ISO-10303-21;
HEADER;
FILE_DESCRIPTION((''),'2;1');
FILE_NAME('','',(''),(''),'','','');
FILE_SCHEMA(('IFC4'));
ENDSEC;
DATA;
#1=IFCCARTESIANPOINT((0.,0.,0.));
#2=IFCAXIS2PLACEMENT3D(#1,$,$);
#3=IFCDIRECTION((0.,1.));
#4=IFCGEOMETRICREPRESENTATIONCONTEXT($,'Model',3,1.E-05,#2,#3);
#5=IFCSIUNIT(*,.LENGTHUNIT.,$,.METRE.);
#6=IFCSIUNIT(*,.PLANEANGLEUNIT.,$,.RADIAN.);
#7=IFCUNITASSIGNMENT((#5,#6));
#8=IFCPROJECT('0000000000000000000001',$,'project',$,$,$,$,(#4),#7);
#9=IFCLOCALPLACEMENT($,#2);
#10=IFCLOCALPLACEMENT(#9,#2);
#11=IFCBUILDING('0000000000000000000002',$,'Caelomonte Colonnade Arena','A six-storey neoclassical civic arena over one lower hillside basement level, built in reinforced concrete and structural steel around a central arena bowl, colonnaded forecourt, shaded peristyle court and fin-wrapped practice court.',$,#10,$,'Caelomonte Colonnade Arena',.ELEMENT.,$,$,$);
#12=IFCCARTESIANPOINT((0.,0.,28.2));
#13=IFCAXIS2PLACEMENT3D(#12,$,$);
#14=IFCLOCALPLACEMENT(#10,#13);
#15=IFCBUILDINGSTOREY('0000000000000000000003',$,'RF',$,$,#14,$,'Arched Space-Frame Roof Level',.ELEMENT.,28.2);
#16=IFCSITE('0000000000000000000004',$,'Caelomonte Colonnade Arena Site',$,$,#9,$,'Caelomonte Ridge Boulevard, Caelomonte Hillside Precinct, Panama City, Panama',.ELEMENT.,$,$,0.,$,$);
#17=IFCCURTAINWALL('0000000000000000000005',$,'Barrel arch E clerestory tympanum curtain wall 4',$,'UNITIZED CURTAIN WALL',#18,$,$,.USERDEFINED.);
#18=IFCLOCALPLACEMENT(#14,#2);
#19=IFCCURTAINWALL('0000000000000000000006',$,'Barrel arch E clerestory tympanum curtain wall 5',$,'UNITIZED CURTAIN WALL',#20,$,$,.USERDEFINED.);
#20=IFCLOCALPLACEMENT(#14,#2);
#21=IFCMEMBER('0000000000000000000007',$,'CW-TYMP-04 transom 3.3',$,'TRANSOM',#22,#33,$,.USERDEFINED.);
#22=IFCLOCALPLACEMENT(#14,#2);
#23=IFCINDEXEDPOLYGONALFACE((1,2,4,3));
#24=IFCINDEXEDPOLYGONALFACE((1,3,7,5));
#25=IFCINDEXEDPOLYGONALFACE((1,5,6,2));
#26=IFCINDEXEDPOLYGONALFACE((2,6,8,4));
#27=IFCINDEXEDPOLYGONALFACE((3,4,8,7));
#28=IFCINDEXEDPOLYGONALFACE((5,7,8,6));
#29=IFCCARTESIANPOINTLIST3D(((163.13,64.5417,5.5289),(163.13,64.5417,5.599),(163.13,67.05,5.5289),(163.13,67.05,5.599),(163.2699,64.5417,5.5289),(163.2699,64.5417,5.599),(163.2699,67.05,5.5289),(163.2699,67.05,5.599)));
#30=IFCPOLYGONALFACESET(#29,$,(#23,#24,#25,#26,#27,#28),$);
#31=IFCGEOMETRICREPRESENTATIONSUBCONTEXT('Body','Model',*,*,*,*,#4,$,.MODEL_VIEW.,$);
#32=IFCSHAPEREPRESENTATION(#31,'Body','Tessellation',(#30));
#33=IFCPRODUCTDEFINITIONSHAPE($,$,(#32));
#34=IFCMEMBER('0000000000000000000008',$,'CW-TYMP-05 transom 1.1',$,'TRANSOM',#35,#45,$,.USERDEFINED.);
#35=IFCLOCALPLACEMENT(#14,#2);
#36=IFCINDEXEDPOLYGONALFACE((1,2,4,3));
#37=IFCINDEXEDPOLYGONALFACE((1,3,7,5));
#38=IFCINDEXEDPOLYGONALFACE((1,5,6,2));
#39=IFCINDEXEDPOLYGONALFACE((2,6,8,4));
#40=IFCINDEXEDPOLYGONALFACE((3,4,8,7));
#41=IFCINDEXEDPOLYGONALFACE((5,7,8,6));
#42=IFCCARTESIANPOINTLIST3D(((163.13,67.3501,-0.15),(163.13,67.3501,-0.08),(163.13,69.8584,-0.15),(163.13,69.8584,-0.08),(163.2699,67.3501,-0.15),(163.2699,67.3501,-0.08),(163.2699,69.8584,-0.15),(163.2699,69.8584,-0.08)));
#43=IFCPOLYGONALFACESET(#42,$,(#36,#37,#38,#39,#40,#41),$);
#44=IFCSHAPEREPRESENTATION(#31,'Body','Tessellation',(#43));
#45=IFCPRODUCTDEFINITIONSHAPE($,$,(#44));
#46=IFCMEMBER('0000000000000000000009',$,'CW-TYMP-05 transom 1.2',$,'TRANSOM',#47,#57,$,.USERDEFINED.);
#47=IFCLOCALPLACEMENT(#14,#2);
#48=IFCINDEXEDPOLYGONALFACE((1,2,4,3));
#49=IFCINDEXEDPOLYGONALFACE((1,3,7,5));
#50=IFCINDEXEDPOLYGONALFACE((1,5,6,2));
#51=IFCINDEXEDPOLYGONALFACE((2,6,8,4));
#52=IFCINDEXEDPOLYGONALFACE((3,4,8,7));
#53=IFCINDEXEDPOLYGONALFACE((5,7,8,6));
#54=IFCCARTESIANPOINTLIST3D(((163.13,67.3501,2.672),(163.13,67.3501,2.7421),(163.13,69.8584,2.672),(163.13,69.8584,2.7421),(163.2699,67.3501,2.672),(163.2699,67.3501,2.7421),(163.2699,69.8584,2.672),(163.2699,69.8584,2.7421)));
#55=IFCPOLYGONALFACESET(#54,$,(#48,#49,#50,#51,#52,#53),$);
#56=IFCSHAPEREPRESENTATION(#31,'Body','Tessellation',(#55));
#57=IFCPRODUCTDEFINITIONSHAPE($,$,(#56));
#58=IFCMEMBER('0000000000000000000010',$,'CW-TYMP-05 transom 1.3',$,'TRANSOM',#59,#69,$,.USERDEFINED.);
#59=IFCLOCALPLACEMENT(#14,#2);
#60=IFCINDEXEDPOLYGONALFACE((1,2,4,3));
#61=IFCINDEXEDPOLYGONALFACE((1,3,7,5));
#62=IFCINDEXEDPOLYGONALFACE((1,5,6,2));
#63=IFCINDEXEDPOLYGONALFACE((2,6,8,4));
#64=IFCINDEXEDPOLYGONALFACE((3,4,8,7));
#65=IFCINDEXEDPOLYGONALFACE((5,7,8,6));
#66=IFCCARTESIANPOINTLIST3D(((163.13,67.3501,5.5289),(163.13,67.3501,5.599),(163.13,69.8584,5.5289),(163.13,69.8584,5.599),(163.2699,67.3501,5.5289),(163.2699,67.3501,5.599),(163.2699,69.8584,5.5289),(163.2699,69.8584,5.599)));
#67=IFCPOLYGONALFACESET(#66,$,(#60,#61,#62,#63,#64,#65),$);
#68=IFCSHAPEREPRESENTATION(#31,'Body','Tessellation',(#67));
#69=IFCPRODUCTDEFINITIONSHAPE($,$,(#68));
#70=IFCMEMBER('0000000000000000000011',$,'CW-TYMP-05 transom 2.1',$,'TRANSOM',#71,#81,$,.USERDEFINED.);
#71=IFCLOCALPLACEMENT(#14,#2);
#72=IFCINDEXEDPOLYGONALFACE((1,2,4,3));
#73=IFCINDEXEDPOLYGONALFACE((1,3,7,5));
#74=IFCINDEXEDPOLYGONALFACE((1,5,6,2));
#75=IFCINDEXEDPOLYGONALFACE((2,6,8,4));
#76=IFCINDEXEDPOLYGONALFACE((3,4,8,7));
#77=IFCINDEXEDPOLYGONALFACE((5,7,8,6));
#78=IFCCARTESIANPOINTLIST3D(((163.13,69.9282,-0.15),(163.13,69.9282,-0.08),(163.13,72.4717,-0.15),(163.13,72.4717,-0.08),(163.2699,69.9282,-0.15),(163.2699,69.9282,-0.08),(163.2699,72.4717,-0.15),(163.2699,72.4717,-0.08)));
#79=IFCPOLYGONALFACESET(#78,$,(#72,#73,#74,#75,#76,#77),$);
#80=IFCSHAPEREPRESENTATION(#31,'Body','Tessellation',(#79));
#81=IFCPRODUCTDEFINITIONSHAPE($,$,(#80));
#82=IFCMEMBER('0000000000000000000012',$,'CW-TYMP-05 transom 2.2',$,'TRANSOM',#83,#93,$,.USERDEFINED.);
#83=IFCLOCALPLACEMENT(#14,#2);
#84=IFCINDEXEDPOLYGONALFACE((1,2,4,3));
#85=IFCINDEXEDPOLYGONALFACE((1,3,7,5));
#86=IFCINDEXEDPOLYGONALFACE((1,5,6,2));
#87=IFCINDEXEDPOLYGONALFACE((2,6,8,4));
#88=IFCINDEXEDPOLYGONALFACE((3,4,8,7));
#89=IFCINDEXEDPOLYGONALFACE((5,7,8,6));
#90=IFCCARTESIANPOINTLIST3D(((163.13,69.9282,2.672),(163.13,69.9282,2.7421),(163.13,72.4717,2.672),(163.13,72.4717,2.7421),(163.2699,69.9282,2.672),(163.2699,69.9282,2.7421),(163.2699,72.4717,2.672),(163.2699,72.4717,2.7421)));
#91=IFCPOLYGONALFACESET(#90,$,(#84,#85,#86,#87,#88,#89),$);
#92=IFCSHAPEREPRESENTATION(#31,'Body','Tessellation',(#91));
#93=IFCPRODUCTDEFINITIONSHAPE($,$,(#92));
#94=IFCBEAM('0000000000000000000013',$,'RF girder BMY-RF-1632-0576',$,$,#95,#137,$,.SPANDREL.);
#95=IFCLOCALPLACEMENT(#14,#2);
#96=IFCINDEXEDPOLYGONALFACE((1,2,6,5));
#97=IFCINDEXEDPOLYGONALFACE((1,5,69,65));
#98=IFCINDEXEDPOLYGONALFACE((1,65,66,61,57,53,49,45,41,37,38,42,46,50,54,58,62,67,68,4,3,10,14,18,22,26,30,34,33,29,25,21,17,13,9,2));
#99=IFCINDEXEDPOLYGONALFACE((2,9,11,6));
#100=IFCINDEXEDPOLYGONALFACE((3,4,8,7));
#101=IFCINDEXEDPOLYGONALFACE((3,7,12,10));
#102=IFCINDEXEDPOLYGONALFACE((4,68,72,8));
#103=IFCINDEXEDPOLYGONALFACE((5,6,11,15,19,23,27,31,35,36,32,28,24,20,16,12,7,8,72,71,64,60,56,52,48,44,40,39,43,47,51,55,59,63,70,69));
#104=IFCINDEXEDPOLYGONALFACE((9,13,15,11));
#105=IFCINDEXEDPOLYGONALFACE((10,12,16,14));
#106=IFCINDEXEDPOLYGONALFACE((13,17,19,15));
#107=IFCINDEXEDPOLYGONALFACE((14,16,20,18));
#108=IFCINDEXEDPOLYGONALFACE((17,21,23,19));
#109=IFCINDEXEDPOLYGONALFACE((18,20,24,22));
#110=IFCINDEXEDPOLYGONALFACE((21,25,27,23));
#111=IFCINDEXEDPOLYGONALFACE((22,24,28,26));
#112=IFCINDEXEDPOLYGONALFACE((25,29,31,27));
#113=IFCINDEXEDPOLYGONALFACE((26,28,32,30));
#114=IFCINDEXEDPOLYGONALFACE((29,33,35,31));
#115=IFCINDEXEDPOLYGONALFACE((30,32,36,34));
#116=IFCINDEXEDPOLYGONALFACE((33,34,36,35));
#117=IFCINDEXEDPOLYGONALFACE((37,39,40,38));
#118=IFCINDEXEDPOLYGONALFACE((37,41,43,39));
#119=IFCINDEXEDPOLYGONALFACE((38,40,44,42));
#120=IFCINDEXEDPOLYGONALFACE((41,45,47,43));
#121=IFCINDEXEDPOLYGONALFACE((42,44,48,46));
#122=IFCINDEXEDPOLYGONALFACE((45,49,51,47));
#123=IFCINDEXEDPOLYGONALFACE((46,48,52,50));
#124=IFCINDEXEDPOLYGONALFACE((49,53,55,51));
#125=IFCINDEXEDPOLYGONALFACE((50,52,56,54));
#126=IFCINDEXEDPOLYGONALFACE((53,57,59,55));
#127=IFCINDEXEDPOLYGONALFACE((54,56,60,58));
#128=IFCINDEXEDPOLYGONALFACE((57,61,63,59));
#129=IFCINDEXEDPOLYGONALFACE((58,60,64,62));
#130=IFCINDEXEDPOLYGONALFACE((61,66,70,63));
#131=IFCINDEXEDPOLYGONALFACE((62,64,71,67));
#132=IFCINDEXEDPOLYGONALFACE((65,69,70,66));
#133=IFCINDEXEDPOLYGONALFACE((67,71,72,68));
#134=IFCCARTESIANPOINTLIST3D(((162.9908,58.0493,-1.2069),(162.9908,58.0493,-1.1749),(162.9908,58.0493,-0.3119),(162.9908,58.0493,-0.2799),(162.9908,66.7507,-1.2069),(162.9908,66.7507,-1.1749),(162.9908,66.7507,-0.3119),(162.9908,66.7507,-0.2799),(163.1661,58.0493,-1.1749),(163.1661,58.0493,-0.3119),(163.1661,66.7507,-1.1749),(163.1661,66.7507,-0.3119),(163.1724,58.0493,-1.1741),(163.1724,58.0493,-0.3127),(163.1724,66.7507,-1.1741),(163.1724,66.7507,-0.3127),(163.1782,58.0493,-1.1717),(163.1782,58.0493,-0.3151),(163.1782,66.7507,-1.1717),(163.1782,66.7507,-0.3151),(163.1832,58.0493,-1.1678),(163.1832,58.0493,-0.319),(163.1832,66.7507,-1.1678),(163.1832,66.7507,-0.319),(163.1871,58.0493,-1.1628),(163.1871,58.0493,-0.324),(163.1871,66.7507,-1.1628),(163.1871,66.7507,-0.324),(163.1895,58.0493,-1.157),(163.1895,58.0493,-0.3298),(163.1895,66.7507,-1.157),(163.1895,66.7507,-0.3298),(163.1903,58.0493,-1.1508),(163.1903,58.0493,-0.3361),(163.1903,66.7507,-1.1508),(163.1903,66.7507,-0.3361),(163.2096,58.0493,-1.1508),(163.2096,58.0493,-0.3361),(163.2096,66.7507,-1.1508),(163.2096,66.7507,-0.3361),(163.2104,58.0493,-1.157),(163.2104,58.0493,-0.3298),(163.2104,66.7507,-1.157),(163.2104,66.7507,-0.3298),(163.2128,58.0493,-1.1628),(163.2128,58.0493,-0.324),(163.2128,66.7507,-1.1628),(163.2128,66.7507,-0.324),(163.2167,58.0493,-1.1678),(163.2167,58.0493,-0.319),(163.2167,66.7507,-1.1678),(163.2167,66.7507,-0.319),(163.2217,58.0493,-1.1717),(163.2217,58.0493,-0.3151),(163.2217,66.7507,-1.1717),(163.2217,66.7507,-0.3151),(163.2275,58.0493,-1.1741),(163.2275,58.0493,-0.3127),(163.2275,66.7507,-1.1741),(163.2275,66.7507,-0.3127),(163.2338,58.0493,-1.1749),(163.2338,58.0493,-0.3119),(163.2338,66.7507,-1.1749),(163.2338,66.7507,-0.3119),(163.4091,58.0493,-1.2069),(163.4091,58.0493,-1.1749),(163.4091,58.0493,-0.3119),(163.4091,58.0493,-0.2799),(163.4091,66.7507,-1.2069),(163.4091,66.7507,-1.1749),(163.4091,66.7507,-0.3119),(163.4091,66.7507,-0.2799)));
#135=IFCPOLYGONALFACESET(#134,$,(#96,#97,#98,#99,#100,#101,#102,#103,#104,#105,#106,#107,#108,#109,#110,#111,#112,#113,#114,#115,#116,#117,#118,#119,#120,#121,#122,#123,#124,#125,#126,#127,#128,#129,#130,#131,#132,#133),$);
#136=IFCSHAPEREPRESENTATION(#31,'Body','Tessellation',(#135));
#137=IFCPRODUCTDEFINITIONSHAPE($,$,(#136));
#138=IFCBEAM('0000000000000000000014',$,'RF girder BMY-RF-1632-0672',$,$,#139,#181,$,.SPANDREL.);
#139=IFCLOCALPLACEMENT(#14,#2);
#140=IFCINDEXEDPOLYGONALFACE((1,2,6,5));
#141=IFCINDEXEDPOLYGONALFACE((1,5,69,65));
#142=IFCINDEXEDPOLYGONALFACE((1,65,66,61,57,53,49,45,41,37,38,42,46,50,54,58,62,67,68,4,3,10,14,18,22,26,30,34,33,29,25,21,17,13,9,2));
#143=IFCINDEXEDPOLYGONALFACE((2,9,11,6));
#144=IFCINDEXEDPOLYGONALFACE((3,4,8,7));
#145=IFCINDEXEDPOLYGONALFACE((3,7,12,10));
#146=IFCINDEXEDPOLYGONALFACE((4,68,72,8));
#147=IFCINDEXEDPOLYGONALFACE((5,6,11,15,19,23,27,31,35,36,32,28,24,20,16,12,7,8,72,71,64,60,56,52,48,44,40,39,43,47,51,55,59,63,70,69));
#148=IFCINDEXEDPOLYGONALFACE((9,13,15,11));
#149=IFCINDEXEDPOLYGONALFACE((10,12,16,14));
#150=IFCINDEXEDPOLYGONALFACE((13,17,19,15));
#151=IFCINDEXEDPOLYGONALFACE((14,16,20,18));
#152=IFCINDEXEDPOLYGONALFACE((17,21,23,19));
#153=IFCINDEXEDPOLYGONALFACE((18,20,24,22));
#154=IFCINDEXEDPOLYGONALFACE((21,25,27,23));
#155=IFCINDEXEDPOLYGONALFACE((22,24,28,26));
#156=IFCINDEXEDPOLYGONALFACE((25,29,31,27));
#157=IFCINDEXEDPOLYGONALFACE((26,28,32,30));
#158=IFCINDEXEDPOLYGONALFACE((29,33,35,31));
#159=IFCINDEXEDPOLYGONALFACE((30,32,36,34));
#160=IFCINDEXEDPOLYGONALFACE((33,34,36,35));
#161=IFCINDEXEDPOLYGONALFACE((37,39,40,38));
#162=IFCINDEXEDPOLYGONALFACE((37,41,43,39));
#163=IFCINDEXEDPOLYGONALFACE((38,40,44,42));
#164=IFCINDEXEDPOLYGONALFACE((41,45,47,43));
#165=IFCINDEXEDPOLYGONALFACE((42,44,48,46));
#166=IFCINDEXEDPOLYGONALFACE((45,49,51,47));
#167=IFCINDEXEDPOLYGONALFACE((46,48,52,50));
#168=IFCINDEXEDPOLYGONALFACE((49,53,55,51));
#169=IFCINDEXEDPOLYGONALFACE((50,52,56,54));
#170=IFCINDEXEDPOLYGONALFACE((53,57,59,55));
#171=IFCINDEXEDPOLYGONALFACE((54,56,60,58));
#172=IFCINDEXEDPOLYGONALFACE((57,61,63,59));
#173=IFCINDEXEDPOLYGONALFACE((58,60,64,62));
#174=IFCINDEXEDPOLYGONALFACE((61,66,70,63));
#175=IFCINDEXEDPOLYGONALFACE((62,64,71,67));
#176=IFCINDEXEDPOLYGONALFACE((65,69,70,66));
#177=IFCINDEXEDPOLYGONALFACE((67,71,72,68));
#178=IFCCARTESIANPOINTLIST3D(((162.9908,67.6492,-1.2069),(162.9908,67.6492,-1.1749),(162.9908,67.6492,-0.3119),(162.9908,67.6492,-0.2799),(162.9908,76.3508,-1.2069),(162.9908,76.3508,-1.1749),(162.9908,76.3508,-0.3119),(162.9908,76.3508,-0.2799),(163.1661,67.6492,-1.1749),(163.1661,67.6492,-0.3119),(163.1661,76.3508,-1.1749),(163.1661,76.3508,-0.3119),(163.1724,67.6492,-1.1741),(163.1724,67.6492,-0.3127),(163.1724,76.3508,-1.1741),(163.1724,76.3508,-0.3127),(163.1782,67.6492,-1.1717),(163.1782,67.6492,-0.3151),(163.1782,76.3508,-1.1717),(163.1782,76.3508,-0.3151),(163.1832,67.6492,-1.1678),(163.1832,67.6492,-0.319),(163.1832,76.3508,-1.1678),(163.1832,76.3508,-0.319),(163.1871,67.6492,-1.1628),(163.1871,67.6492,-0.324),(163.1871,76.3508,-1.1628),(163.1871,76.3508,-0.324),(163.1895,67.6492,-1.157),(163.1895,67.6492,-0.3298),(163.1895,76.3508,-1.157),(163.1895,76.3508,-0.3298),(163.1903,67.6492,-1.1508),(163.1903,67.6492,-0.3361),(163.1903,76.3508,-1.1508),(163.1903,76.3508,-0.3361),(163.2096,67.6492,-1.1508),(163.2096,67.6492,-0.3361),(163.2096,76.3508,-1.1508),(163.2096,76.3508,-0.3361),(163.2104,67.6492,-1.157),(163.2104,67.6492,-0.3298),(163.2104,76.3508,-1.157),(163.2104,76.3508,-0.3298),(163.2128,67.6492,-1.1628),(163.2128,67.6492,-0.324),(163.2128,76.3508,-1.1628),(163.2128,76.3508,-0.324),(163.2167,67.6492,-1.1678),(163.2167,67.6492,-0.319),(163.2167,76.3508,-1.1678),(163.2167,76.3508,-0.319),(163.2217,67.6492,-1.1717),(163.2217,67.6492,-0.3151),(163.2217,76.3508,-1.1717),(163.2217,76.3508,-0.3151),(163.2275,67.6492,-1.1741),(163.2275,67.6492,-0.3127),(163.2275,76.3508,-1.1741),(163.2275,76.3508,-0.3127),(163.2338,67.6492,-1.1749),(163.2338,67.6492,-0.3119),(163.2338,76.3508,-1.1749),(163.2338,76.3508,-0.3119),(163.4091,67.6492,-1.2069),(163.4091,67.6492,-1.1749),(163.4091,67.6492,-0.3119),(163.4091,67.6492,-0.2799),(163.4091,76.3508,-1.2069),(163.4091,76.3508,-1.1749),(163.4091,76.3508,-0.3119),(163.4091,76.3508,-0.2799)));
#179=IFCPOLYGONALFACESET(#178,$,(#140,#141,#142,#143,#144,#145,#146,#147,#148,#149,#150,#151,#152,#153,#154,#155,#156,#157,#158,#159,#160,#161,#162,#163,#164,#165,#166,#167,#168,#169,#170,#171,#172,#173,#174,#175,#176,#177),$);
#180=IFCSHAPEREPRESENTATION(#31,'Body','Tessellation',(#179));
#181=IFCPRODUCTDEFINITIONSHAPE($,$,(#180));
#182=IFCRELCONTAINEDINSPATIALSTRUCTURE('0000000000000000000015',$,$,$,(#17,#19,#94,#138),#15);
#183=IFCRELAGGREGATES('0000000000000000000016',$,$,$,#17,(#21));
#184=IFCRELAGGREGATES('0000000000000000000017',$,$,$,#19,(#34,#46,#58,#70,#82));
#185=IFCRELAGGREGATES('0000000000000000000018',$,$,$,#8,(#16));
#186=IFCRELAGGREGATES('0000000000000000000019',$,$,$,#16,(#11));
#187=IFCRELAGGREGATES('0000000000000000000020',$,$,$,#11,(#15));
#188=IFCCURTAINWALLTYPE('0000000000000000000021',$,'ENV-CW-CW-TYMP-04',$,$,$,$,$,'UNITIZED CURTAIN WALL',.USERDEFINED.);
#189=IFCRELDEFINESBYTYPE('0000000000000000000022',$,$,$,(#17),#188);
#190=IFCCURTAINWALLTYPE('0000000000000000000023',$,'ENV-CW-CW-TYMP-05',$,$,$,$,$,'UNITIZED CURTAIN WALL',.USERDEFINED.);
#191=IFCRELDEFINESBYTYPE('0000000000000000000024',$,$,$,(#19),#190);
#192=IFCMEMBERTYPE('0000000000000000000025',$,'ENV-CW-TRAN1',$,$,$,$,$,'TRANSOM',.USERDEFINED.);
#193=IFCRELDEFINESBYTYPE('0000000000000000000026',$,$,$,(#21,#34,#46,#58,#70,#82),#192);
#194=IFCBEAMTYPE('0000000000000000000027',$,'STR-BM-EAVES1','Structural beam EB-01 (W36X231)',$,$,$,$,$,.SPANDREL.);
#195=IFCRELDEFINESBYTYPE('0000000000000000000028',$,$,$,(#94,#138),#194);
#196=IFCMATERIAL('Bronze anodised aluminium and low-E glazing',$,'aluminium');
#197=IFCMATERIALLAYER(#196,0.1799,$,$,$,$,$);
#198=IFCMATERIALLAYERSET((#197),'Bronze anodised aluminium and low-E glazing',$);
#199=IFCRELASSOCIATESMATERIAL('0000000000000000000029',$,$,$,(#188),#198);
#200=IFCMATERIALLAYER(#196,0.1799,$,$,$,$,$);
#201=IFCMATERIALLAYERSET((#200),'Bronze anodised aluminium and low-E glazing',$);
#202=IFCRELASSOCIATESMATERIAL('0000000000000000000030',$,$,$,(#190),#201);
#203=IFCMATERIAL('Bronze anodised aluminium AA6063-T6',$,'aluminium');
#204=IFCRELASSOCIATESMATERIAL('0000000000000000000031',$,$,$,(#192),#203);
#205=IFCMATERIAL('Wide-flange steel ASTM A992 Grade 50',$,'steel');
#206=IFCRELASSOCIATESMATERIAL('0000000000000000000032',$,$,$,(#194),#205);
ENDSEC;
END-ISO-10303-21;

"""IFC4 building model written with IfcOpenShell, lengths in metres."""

from ifc_helpers import new_model, si_unit, direction, frame, origin, origin_2d, place, context, subcontext, project, spatial, rectangle, i_section, extrude, material, layer, layer_set, material_profile, profile_set, type_object, element, aggregate, save


model = new_model("IFC4")

# Units and contexts
model_context = context("Model", 3, precision=1e-05, world=origin(), true_north=direction((0.0, 1.0)))
body_context = subcontext(model_context, "Body", "Model", "MODEL_VIEW")
ifc_project = project(units=[si_unit("LENGTHUNIT", "METRE"), si_unit("PLANEANGLEUNIT", "RADIAN")], contexts=[model_context])

# Site, building, storey
site_placement = place(None, origin())
site = spatial("IfcSite", under=ifc_project, at=site_placement, Name="Caelomonte Colonnade Arena Site", LongName="Caelomonte Ridge Boulevard, Caelomonte Hillside Precinct, Panama City, Panama", CompositionType="ELEMENT", RefElevation=0.0)
building_placement = place(site_placement, origin())
building = spatial("IfcBuilding", under=site, at=building_placement, Name="Caelomonte Colonnade Arena", Description="A six-storey neoclassical civic arena over one lower hillside basement level, built in reinforced concrete and structural steel around a central arena bowl, colonnaded forecourt, shaded peristyle court and fin-wrapped practice court.", LongName="Caelomonte Colonnade Arena", CompositionType="ELEMENT")
storey_placement = place(building_placement, frame((0.0, 0.0, 28.2)))
storey = spatial("IfcBuildingStorey", under=building, at=storey_placement, Name="RF", LongName="Arched Space-Frame Roof Level", CompositionType="ELEMENT", Elevation=28.2)

# Shared definitions
ifc_material_1 = material(Name="Bronze anodised aluminium and low-E glazing", Category="aluminium")
ifc_material_2 = material(Name="Bronze anodised aluminium AA6063-T6", Category="aluminium")

# Curtain walls
ifc_layer_1 = layer(ifc_material_1, 0.1799)
ifc_layer_set_1 = layer_set([ifc_layer_1], Name="Bronze anodised aluminium and low-E glazing")
curtain_wall_type_1 = type_object("IfcCurtainWallType", Name="ENV-CW-CW-TYMP-04", ElementType="UNITIZED CURTAIN WALL", PredefinedType="USERDEFINED", material=ifc_layer_set_1)
curtain_wall_1_placement = place(storey_placement, origin())
curtain_wall_1 = element("IfcCurtainWall", 1, at=curtain_wall_1_placement, inside=storey, type_object=curtain_wall_type_1, Name="Barrel arch E clerestory tympanum curtain wall 4", ObjectType="UNITIZED CURTAIN WALL", PredefinedType="USERDEFINED")
ifc_layer_2 = layer(ifc_material_1, 0.1799)
ifc_layer_set_2 = layer_set([ifc_layer_2], Name="Bronze anodised aluminium and low-E glazing")
curtain_wall_type_2 = type_object("IfcCurtainWallType", Name="ENV-CW-CW-TYMP-05", ElementType="UNITIZED CURTAIN WALL", PredefinedType="USERDEFINED", material=ifc_layer_set_2)
curtain_wall_2_placement = place(storey_placement, origin())
curtain_wall_2 = element("IfcCurtainWall", 2, at=curtain_wall_2_placement, inside=storey, type_object=curtain_wall_type_2, Name="Barrel arch E clerestory tympanum curtain wall 5", ObjectType="UNITIZED CURTAIN WALL", PredefinedType="USERDEFINED")

# Members
ifc_material_profile_1 = material_profile(ifc_material_2, rectangle(XDim=0.0701, YDim=0.1399, at=origin_2d()), Name="CWT-70X140")
ifc_profile_set_1 = profile_set([ifc_material_profile_1], Name="Bronze anodised aluminium AA6063-T6")
member_type_1 = type_object("IfcMemberType", Name="ENV-CW-TRAN1", ElementType="TRANSOM", PredefinedType="USERDEFINED", material=ifc_profile_set_1)
member_1_placement = place(storey_placement, frame((163.2, 64.5417, 5.564), z_axis=(0.0, 1.0, 0.0), x_axis=(0.0, 0.0, 1.0)))
member_1 = element("IfcMember", 3, at=member_1_placement, type_object=member_type_1, Name="CW-TYMP-04 transom 3.3", ObjectType="TRANSOM", PredefinedType="USERDEFINED", context=body_context, shape_type="SweptSolid", body=[
    extrude(rectangle(XDim=0.0701, YDim=0.1399, at=origin_2d()), origin(), (0.0, 0.0, 1.0), 2.5083),
])
member_2_placement = place(storey_placement, frame((163.2, 67.3501, -0.115), z_axis=(0.0, 1.0, 0.0), x_axis=(0.0, 0.0, 1.0)))
member_2 = element("IfcMember", 4, at=member_2_placement, type_object=member_type_1, Name="CW-TYMP-05 transom 1.1", ObjectType="TRANSOM", PredefinedType="USERDEFINED", context=body_context, shape_type="SweptSolid", body=[
    extrude(rectangle(XDim=0.0701, YDim=0.1399, at=origin_2d()), origin(), (0.0, 0.0, 1.0), 2.5083),
])
member_3_placement = place(storey_placement, frame((163.2, 67.3501, 2.707), z_axis=(0.0, 1.0, 0.0), x_axis=(0.0, 0.0, 1.0)))
member_3 = element("IfcMember", 5, at=member_3_placement, type_object=member_type_1, Name="CW-TYMP-05 transom 1.2", ObjectType="TRANSOM", PredefinedType="USERDEFINED", context=body_context, shape_type="SweptSolid", body=[
    extrude(rectangle(XDim=0.0701, YDim=0.1399, at=origin_2d()), origin(), (0.0, 0.0, 1.0), 2.5083),
])
member_4_placement = place(storey_placement, frame((163.2, 67.3501, 5.564), z_axis=(0.0, 1.0, 0.0), x_axis=(0.0, 0.0, 1.0)))
member_4 = element("IfcMember", 6, at=member_4_placement, type_object=member_type_1, Name="CW-TYMP-05 transom 1.3", ObjectType="TRANSOM", PredefinedType="USERDEFINED", context=body_context, shape_type="SweptSolid", body=[
    extrude(rectangle(XDim=0.0701, YDim=0.1399, at=origin_2d()), origin(), (0.0, 0.0, 1.0), 2.5083),
])
member_5_placement = place(storey_placement, frame((163.2, 69.9282, -0.115), z_axis=(0.0, 1.0, 0.0), x_axis=(0.0, 0.0, 1.0)))
member_5 = element("IfcMember", 7, at=member_5_placement, type_object=member_type_1, Name="CW-TYMP-05 transom 2.1", ObjectType="TRANSOM", PredefinedType="USERDEFINED", context=body_context, shape_type="SweptSolid", body=[
    extrude(rectangle(XDim=0.0701, YDim=0.1399, at=origin_2d()), origin(), (0.0, 0.0, 1.0), 2.5435),
])
member_6_placement = place(storey_placement, frame((163.2, 69.9282, 2.707), z_axis=(0.0, 1.0, 0.0), x_axis=(0.0, 0.0, 1.0)))
member_6 = element("IfcMember", 8, at=member_6_placement, type_object=member_type_1, Name="CW-TYMP-05 transom 2.2", ObjectType="TRANSOM", PredefinedType="USERDEFINED", context=body_context, shape_type="SweptSolid", body=[
    extrude(rectangle(XDim=0.0701, YDim=0.1399, at=origin_2d()), origin(), (0.0, 0.0, 1.0), 2.5435),
])

# Beams
ifc_material_3 = material(Name="Wide-flange steel ASTM A992 Grade 50", Category="steel")
ifc_material_profile_2 = material_profile(ifc_material_3, i_section(OverallWidth=0.4182, OverallDepth=0.927, WebThickness=0.0193, FlangeThickness=0.032, FilletRadius=0.0242, at=origin_2d()), Name="W36X231")
ifc_profile_set_2 = profile_set([ifc_material_profile_2], Name="Wide-flange steel ASTM A992 Grade 50")
beam_type = type_object("IfcBeamType", Name="STR-BM-EAVES1", Description="Structural beam EB-01 (W36X231)", PredefinedType="SPANDREL", material=ifc_profile_set_2)
beam_1_placement = place(storey_placement, frame((163.2, 58.0493, -0.7434), z_axis=(0.0, 1.0, 0.0), x_axis=(-1.0, 0.0, 0.0)))
element("IfcBeam", 9, at=beam_1_placement, inside=storey, type_object=beam_type, Name="RF girder BMY-RF-1632-0576", PredefinedType="SPANDREL", context=body_context, shape_type="SweptSolid", body=[
    extrude(i_section(OverallWidth=0.4182, OverallDepth=0.927, WebThickness=0.0193, FlangeThickness=0.032, FilletRadius=0.0242, at=origin_2d()), origin(), (0.0, 0.0, 1.0), 8.7014),
])
beam_2_placement = place(storey_placement, frame((163.2, 67.6492, -0.7434), z_axis=(0.0, 1.0, 0.0), x_axis=(-1.0, 0.0, 0.0)))
element("IfcBeam", 10, at=beam_2_placement, inside=storey, type_object=beam_type, Name="RF girder BMY-RF-1632-0672", PredefinedType="SPANDREL", context=body_context, shape_type="SweptSolid", body=[
    extrude(i_section(OverallWidth=0.4182, OverallDepth=0.927, WebThickness=0.0193, FlangeThickness=0.032, FilletRadius=0.0242, at=origin_2d()), origin(), (0.0, 0.0, 1.0), 8.7017),
])

aggregate(curtain_wall_1, [member_1])
aggregate(curtain_wall_2, [member_2, member_3, member_4, member_5, member_6])

save(model, "model.ifc")
